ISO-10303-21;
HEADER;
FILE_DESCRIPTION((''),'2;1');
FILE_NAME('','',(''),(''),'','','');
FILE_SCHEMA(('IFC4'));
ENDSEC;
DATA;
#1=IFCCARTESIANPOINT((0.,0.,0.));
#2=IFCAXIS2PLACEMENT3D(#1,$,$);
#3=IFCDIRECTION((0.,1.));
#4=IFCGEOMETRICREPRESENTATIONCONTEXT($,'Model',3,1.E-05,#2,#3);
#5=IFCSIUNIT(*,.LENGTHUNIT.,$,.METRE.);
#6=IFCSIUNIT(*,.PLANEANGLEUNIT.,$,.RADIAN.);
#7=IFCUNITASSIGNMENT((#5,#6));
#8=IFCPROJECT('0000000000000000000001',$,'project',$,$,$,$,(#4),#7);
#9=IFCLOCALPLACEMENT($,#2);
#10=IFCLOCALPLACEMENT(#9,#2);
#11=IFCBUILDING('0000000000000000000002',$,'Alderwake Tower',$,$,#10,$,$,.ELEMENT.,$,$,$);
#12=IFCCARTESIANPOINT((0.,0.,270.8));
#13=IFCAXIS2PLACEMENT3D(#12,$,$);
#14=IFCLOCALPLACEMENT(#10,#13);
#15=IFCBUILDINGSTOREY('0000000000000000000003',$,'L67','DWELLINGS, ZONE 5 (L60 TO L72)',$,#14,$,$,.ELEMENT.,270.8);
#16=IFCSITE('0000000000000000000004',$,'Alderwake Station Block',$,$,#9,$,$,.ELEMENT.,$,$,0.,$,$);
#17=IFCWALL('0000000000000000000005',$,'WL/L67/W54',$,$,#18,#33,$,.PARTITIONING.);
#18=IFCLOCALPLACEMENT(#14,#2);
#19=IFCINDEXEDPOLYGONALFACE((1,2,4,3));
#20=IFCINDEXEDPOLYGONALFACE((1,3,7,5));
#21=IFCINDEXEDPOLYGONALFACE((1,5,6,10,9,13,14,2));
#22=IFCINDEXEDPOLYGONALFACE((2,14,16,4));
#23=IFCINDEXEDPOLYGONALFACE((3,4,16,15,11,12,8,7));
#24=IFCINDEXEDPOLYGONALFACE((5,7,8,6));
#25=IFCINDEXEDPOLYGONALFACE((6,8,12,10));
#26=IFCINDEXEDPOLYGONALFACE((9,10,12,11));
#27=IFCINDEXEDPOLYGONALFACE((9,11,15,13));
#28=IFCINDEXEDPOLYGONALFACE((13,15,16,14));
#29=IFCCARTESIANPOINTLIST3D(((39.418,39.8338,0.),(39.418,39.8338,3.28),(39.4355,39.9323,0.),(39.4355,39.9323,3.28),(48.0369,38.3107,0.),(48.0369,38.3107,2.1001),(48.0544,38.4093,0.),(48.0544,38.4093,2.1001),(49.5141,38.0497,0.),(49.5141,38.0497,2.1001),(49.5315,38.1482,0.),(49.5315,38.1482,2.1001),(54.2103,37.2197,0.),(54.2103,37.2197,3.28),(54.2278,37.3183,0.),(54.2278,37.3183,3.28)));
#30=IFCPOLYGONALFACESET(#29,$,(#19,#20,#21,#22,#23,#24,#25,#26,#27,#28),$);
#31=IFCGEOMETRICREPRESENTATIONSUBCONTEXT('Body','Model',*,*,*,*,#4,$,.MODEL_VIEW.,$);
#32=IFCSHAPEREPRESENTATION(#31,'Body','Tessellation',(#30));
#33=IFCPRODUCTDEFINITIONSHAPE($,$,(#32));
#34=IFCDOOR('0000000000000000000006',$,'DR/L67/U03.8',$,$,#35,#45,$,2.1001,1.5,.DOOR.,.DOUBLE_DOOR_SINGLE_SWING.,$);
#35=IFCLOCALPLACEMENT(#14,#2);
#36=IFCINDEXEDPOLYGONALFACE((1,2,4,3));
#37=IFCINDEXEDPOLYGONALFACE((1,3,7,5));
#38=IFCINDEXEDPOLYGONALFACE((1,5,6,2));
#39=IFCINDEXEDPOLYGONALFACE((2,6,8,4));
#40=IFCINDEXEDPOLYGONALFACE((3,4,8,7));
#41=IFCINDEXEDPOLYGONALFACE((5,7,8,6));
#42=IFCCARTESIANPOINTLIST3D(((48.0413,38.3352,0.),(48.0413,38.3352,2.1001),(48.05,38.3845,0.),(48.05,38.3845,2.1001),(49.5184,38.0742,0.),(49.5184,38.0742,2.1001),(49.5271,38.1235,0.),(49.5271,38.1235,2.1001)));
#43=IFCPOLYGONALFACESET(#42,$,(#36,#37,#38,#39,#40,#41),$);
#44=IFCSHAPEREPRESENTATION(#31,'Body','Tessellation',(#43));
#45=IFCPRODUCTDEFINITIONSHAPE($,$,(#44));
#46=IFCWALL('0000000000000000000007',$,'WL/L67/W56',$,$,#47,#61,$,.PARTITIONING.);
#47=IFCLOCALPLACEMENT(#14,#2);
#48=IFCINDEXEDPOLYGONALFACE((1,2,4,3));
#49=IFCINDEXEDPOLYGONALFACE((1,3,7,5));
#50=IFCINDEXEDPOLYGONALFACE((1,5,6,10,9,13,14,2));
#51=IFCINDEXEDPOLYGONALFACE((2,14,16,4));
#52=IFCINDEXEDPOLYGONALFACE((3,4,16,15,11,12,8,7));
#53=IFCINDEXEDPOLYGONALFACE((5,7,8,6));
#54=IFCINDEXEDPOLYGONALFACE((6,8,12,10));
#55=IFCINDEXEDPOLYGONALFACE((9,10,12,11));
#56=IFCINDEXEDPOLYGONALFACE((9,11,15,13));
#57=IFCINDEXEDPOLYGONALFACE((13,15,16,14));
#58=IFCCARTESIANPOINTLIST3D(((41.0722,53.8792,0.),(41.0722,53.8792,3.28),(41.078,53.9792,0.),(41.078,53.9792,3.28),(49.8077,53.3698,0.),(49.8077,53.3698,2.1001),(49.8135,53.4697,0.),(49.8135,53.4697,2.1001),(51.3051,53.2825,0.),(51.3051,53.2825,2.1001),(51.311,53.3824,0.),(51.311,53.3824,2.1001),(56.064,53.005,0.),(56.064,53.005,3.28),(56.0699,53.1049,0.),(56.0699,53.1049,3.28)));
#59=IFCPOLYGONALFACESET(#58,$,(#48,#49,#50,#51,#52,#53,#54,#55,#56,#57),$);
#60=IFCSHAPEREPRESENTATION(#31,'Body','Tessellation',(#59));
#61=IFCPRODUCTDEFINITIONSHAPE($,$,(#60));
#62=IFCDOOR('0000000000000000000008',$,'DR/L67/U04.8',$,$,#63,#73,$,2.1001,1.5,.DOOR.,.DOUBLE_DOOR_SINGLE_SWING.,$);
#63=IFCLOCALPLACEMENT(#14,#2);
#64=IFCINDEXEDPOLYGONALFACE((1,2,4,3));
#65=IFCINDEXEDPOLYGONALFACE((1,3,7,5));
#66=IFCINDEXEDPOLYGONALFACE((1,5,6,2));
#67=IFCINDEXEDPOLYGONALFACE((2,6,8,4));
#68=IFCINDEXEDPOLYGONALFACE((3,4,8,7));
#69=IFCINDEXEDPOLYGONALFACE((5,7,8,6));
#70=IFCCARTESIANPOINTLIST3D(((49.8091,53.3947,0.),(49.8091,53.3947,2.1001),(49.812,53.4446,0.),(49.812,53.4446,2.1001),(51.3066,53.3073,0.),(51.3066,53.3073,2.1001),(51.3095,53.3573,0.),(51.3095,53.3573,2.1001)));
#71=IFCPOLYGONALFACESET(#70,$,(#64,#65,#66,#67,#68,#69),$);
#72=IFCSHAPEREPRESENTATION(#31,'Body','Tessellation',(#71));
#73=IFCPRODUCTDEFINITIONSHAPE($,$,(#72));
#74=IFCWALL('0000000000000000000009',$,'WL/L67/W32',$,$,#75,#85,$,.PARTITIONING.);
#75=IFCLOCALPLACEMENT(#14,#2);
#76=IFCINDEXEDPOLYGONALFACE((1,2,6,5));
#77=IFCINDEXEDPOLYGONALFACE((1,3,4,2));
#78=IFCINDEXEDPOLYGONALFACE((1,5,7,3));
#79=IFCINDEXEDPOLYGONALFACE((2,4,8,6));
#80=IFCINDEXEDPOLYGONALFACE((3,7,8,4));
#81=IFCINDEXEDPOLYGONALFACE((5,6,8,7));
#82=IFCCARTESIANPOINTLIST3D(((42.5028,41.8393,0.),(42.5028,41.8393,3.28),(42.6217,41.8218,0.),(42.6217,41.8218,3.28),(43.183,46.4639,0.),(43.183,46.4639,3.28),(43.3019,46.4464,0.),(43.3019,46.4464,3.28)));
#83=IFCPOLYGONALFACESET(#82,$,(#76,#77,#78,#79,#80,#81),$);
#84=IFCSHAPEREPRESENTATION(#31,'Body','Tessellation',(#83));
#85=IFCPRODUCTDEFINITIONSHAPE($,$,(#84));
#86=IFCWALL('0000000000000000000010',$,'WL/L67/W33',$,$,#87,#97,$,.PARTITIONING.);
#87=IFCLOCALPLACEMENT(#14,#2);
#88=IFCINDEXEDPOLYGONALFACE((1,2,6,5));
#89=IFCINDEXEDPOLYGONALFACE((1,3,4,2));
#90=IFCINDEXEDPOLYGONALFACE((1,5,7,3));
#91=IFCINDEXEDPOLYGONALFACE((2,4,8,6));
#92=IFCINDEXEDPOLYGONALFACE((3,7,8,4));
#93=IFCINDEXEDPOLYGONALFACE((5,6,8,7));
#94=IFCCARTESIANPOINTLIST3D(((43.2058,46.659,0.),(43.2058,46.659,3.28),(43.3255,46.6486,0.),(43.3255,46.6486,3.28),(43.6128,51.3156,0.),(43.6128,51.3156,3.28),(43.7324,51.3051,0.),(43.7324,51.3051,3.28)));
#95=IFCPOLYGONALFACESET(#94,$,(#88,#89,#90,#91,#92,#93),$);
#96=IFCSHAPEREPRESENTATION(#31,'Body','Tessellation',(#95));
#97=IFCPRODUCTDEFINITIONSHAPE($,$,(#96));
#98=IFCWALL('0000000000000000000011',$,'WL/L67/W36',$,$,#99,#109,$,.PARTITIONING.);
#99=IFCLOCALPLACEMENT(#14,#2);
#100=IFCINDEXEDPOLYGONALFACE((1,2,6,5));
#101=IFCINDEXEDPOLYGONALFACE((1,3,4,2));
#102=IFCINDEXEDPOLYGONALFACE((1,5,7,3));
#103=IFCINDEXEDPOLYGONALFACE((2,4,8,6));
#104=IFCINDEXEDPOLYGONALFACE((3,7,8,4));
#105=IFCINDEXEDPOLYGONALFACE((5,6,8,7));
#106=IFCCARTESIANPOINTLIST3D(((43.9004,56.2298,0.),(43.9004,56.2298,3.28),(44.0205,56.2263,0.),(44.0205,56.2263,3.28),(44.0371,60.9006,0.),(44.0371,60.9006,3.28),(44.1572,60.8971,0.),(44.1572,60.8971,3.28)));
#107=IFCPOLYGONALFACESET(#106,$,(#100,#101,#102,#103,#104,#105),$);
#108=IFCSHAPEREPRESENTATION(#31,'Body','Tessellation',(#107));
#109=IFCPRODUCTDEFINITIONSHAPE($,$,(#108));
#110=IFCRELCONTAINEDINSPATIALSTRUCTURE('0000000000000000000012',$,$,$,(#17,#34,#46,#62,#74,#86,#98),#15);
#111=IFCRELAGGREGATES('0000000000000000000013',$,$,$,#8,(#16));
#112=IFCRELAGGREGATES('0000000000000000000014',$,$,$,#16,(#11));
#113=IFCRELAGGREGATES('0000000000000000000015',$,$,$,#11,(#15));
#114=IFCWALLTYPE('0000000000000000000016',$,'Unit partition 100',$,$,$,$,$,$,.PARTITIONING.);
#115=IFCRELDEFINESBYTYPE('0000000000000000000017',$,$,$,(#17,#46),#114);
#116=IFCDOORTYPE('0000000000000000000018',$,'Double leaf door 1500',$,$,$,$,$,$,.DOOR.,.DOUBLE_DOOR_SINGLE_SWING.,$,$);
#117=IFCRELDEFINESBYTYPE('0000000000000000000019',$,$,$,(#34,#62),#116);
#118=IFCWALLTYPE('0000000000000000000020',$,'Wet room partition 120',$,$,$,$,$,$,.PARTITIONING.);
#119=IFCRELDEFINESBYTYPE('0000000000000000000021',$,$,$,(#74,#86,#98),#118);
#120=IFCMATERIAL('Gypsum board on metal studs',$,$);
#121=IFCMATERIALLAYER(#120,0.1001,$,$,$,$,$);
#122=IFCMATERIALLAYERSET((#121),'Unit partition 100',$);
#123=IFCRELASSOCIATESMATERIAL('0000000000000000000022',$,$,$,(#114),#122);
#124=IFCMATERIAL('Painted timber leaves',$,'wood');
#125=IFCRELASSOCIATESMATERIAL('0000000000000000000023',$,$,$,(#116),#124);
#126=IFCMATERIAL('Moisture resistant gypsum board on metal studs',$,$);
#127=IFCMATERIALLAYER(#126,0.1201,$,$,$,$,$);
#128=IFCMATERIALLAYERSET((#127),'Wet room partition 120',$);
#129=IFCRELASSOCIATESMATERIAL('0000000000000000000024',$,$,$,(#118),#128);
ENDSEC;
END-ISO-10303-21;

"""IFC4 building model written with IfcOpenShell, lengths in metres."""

from ifc_helpers import new_model, si_unit, direction, frame, frame_2d, origin, place, context, subcontext, project, spatial, rectangle, extrude, material, layer, layer_set, type_object, element, fill, save


model = new_model("IFC4")

# Units and contexts
model_context = context("Model", 3, precision=1e-05, world=origin(), true_north=direction((0.0, 1.0)))
body_context = subcontext(model_context, "Body", "Model", "MODEL_VIEW")
ifc_project = project(units=[si_unit("LENGTHUNIT", "METRE"), si_unit("PLANEANGLEUNIT", "RADIAN")], contexts=[model_context])

# Site, building, storey
site_placement = place(None, origin())
site = spatial("IfcSite", under=ifc_project, at=site_placement, Name="Alderwake Station Block", CompositionType="ELEMENT", RefElevation=0.0)
building_placement = place(site_placement, origin())
building = spatial("IfcBuilding", under=site, at=building_placement, Name="Alderwake Tower", CompositionType="ELEMENT")
storey_placement = place(building_placement, frame((0.0, 0.0, 270.8)))
storey = spatial("IfcBuildingStorey", under=building, at=storey_placement, Name="L67", Description="DWELLINGS, ZONE 5 (L60 TO L72)", CompositionType="ELEMENT", Elevation=270.8)

# Shared definitions
ifc_material_1 = material(Name="Gypsum board on metal studs")
ifc_layer_1 = layer(ifc_material_1, 0.1001)
ifc_layer_set_1 = layer_set([ifc_layer_1], Name="Unit partition 100")
wall_type_1 = type_object("IfcWallType", Name="Unit partition 100", PredefinedType="PARTITIONING", material=ifc_layer_set_1)

# Walls, openings, doors
wall_1_placement = place(storey_placement, frame((39.4268, 39.8831, 0.0), z_axis=(0.0, 0.0, 1.0), x_axis=(0.984742, -0.174019, 0.0)))
wall_1 = element("IfcWall", 1, at=wall_1_placement, inside=storey, type_object=wall_type_1, Name="WL/L67/W54", PredefinedType="PARTITIONING", context=body_context, shape_type="SweptSolid", body=[
    extrude(rectangle(XDim=15.0215, YDim=0.1001, at=frame_2d((7.5107, 0.0))), origin(), (0.0, 0.0, 1.0), 3.28),
])
opening_1_placement = place(wall_1_placement, frame((8.7524, 0.0, 0.0)))
opening_1 = element("IfcOpeningElement", 2, at=opening_1_placement, cuts=wall_1, PredefinedType="OPENING", context=body_context, shape_type="SweptSolid", body=[
    extrude(rectangle(XDim=1.5, YDim=2.1001, at=frame_2d((0.75, 1.05))), frame((0.0, 0.0601, 0.0), z_axis=(0.0, -1.0, 0.0), x_axis=(1.0, 0.0, 0.0)), (0.0, 0.0, 1.0), 0.1201),
])
ifc_material_2 = material(Name="Painted timber leaves", Category="wood")
door_type_1 = type_object("IfcDoorType", Name="Double leaf door 1500", OperationType="DOUBLE_DOOR_SINGLE_SWING", PredefinedType="DOOR", material=ifc_material_2)
door_1_placement = place(opening_1_placement, origin())
door_1 = element("IfcDoor", 3, at=door_1_placement, inside=storey, type_object=door_type_1, Name="DR/L67/U03.8", OperationType="DOUBLE_DOOR_SINGLE_SWING", OverallHeight=2.1001, OverallWidth=1.5, PredefinedType="DOOR", context=body_context, shape_type="SweptSolid", body=[
    extrude(rectangle(XDim=1.5, YDim=2.1001, at=frame_2d((0.75, 1.05))), frame((0.0, 0.0249, 0.0), z_axis=(0.0, -1.0, 0.0), x_axis=(1.0, 0.0, 0.0)), (0.0, 0.0, 1.0), 0.05),
])
fill(opening_1, door_1)
wall_2_placement = place(storey_placement, frame((41.075, 53.9292, 0.0), z_axis=(0.0, 0.0, 1.0), x_axis=(0.998304, -0.058217, 0.0)))
wall_2 = element("IfcWall", 4, at=wall_2_placement, inside=storey, type_object=wall_type_1, Name="WL/L67/W56", PredefinedType="PARTITIONING", context=body_context, shape_type="SweptSolid", body=[
    extrude(rectangle(XDim=15.0173, YDim=0.1001, at=frame_2d((7.5088, 0.0))), origin(), (0.0, 0.0, 1.0), 3.28),
])
opening_2_placement = place(wall_2_placement, frame((8.7505, 0.0, 0.0)))
opening_2 = element("IfcOpeningElement", 5, at=opening_2_placement, cuts=wall_2, PredefinedType="OPENING", context=body_context, shape_type="SweptSolid", body=[
    extrude(rectangle(XDim=1.5, YDim=2.1001, at=frame_2d((0.75, 1.05))), frame((0.0, 0.0601, 0.0), z_axis=(0.0, -1.0, 0.0), x_axis=(1.0, 0.0, 0.0)), (0.0, 0.0, 1.0), 0.1201),
])
door_2_placement = place(opening_2_placement, origin())
door_2 = element("IfcDoor", 6, at=door_2_placement, inside=storey, type_object=door_type_1, Name="DR/L67/U04.8", OperationType="DOUBLE_DOOR_SINGLE_SWING", OverallHeight=2.1001, OverallWidth=1.5, PredefinedType="DOOR", context=body_context, shape_type="SweptSolid", body=[
    extrude(rectangle(XDim=1.5, YDim=2.1001, at=frame_2d((0.75, 1.05))), frame((0.0, 0.0249, 0.0), z_axis=(0.0, -1.0, 0.0), x_axis=(1.0, 0.0, 0.0)), (0.0, 0.0, 1.0), 0.05),
])
fill(opening_2, door_2)

# Walls
ifc_material_3 = material(Name="Moisture resistant gypsum board on metal studs")
ifc_layer_2 = layer(ifc_material_3, 0.1201)
ifc_layer_set_2 = layer_set([ifc_layer_2], Name="Wet room partition 120")
wall_type_2 = type_object("IfcWallType", Name="Wet room partition 120", PredefinedType="PARTITIONING", material=ifc_layer_set_2)
for number, where, z_axis, x_axis, name in (
    (7, (42.5623, 41.8306, 0.0), (0.0, 0.0, 1.0), (0.145515, 0.989356, 0.0), "WL/L67/W32"),
    (8, (43.2656, 46.6538, 0.0), (0.0, 0.0, 1.0), (0.087069, 0.996202, 0.0), "WL/L67/W33"),
):
    element("IfcWall", number, at=place(storey_placement, frame(where, z_axis=z_axis, x_axis=x_axis)), inside=storey, type_object=wall_type_2, Name=name, PredefinedType="PARTITIONING", context=body_context, shape_type="SweptSolid", body=[
        extrude(rectangle(XDim=4.6743, YDim=0.1201, at=frame_2d((2.3372, 0.0))), origin(), (0.0, 0.0, 1.0), 3.28),
    ])
wall_3_placement = place(storey_placement, frame((43.9604, 56.228, 0.0), z_axis=(0.0, 0.0, 1.0), x_axis=(0.029258, 0.999572, 0.0)))
element("IfcWall", 9, at=wall_3_placement, inside=storey, type_object=wall_type_2, Name="WL/L67/W36", PredefinedType="PARTITIONING", context=body_context, shape_type="SweptSolid", body=[
    extrude(rectangle(XDim=4.6729, YDim=0.1201, at=frame_2d((2.3364, 0.0))), origin(), (0.0, 0.0, 1.0), 3.28),
])

save(model, "model.ifc")
